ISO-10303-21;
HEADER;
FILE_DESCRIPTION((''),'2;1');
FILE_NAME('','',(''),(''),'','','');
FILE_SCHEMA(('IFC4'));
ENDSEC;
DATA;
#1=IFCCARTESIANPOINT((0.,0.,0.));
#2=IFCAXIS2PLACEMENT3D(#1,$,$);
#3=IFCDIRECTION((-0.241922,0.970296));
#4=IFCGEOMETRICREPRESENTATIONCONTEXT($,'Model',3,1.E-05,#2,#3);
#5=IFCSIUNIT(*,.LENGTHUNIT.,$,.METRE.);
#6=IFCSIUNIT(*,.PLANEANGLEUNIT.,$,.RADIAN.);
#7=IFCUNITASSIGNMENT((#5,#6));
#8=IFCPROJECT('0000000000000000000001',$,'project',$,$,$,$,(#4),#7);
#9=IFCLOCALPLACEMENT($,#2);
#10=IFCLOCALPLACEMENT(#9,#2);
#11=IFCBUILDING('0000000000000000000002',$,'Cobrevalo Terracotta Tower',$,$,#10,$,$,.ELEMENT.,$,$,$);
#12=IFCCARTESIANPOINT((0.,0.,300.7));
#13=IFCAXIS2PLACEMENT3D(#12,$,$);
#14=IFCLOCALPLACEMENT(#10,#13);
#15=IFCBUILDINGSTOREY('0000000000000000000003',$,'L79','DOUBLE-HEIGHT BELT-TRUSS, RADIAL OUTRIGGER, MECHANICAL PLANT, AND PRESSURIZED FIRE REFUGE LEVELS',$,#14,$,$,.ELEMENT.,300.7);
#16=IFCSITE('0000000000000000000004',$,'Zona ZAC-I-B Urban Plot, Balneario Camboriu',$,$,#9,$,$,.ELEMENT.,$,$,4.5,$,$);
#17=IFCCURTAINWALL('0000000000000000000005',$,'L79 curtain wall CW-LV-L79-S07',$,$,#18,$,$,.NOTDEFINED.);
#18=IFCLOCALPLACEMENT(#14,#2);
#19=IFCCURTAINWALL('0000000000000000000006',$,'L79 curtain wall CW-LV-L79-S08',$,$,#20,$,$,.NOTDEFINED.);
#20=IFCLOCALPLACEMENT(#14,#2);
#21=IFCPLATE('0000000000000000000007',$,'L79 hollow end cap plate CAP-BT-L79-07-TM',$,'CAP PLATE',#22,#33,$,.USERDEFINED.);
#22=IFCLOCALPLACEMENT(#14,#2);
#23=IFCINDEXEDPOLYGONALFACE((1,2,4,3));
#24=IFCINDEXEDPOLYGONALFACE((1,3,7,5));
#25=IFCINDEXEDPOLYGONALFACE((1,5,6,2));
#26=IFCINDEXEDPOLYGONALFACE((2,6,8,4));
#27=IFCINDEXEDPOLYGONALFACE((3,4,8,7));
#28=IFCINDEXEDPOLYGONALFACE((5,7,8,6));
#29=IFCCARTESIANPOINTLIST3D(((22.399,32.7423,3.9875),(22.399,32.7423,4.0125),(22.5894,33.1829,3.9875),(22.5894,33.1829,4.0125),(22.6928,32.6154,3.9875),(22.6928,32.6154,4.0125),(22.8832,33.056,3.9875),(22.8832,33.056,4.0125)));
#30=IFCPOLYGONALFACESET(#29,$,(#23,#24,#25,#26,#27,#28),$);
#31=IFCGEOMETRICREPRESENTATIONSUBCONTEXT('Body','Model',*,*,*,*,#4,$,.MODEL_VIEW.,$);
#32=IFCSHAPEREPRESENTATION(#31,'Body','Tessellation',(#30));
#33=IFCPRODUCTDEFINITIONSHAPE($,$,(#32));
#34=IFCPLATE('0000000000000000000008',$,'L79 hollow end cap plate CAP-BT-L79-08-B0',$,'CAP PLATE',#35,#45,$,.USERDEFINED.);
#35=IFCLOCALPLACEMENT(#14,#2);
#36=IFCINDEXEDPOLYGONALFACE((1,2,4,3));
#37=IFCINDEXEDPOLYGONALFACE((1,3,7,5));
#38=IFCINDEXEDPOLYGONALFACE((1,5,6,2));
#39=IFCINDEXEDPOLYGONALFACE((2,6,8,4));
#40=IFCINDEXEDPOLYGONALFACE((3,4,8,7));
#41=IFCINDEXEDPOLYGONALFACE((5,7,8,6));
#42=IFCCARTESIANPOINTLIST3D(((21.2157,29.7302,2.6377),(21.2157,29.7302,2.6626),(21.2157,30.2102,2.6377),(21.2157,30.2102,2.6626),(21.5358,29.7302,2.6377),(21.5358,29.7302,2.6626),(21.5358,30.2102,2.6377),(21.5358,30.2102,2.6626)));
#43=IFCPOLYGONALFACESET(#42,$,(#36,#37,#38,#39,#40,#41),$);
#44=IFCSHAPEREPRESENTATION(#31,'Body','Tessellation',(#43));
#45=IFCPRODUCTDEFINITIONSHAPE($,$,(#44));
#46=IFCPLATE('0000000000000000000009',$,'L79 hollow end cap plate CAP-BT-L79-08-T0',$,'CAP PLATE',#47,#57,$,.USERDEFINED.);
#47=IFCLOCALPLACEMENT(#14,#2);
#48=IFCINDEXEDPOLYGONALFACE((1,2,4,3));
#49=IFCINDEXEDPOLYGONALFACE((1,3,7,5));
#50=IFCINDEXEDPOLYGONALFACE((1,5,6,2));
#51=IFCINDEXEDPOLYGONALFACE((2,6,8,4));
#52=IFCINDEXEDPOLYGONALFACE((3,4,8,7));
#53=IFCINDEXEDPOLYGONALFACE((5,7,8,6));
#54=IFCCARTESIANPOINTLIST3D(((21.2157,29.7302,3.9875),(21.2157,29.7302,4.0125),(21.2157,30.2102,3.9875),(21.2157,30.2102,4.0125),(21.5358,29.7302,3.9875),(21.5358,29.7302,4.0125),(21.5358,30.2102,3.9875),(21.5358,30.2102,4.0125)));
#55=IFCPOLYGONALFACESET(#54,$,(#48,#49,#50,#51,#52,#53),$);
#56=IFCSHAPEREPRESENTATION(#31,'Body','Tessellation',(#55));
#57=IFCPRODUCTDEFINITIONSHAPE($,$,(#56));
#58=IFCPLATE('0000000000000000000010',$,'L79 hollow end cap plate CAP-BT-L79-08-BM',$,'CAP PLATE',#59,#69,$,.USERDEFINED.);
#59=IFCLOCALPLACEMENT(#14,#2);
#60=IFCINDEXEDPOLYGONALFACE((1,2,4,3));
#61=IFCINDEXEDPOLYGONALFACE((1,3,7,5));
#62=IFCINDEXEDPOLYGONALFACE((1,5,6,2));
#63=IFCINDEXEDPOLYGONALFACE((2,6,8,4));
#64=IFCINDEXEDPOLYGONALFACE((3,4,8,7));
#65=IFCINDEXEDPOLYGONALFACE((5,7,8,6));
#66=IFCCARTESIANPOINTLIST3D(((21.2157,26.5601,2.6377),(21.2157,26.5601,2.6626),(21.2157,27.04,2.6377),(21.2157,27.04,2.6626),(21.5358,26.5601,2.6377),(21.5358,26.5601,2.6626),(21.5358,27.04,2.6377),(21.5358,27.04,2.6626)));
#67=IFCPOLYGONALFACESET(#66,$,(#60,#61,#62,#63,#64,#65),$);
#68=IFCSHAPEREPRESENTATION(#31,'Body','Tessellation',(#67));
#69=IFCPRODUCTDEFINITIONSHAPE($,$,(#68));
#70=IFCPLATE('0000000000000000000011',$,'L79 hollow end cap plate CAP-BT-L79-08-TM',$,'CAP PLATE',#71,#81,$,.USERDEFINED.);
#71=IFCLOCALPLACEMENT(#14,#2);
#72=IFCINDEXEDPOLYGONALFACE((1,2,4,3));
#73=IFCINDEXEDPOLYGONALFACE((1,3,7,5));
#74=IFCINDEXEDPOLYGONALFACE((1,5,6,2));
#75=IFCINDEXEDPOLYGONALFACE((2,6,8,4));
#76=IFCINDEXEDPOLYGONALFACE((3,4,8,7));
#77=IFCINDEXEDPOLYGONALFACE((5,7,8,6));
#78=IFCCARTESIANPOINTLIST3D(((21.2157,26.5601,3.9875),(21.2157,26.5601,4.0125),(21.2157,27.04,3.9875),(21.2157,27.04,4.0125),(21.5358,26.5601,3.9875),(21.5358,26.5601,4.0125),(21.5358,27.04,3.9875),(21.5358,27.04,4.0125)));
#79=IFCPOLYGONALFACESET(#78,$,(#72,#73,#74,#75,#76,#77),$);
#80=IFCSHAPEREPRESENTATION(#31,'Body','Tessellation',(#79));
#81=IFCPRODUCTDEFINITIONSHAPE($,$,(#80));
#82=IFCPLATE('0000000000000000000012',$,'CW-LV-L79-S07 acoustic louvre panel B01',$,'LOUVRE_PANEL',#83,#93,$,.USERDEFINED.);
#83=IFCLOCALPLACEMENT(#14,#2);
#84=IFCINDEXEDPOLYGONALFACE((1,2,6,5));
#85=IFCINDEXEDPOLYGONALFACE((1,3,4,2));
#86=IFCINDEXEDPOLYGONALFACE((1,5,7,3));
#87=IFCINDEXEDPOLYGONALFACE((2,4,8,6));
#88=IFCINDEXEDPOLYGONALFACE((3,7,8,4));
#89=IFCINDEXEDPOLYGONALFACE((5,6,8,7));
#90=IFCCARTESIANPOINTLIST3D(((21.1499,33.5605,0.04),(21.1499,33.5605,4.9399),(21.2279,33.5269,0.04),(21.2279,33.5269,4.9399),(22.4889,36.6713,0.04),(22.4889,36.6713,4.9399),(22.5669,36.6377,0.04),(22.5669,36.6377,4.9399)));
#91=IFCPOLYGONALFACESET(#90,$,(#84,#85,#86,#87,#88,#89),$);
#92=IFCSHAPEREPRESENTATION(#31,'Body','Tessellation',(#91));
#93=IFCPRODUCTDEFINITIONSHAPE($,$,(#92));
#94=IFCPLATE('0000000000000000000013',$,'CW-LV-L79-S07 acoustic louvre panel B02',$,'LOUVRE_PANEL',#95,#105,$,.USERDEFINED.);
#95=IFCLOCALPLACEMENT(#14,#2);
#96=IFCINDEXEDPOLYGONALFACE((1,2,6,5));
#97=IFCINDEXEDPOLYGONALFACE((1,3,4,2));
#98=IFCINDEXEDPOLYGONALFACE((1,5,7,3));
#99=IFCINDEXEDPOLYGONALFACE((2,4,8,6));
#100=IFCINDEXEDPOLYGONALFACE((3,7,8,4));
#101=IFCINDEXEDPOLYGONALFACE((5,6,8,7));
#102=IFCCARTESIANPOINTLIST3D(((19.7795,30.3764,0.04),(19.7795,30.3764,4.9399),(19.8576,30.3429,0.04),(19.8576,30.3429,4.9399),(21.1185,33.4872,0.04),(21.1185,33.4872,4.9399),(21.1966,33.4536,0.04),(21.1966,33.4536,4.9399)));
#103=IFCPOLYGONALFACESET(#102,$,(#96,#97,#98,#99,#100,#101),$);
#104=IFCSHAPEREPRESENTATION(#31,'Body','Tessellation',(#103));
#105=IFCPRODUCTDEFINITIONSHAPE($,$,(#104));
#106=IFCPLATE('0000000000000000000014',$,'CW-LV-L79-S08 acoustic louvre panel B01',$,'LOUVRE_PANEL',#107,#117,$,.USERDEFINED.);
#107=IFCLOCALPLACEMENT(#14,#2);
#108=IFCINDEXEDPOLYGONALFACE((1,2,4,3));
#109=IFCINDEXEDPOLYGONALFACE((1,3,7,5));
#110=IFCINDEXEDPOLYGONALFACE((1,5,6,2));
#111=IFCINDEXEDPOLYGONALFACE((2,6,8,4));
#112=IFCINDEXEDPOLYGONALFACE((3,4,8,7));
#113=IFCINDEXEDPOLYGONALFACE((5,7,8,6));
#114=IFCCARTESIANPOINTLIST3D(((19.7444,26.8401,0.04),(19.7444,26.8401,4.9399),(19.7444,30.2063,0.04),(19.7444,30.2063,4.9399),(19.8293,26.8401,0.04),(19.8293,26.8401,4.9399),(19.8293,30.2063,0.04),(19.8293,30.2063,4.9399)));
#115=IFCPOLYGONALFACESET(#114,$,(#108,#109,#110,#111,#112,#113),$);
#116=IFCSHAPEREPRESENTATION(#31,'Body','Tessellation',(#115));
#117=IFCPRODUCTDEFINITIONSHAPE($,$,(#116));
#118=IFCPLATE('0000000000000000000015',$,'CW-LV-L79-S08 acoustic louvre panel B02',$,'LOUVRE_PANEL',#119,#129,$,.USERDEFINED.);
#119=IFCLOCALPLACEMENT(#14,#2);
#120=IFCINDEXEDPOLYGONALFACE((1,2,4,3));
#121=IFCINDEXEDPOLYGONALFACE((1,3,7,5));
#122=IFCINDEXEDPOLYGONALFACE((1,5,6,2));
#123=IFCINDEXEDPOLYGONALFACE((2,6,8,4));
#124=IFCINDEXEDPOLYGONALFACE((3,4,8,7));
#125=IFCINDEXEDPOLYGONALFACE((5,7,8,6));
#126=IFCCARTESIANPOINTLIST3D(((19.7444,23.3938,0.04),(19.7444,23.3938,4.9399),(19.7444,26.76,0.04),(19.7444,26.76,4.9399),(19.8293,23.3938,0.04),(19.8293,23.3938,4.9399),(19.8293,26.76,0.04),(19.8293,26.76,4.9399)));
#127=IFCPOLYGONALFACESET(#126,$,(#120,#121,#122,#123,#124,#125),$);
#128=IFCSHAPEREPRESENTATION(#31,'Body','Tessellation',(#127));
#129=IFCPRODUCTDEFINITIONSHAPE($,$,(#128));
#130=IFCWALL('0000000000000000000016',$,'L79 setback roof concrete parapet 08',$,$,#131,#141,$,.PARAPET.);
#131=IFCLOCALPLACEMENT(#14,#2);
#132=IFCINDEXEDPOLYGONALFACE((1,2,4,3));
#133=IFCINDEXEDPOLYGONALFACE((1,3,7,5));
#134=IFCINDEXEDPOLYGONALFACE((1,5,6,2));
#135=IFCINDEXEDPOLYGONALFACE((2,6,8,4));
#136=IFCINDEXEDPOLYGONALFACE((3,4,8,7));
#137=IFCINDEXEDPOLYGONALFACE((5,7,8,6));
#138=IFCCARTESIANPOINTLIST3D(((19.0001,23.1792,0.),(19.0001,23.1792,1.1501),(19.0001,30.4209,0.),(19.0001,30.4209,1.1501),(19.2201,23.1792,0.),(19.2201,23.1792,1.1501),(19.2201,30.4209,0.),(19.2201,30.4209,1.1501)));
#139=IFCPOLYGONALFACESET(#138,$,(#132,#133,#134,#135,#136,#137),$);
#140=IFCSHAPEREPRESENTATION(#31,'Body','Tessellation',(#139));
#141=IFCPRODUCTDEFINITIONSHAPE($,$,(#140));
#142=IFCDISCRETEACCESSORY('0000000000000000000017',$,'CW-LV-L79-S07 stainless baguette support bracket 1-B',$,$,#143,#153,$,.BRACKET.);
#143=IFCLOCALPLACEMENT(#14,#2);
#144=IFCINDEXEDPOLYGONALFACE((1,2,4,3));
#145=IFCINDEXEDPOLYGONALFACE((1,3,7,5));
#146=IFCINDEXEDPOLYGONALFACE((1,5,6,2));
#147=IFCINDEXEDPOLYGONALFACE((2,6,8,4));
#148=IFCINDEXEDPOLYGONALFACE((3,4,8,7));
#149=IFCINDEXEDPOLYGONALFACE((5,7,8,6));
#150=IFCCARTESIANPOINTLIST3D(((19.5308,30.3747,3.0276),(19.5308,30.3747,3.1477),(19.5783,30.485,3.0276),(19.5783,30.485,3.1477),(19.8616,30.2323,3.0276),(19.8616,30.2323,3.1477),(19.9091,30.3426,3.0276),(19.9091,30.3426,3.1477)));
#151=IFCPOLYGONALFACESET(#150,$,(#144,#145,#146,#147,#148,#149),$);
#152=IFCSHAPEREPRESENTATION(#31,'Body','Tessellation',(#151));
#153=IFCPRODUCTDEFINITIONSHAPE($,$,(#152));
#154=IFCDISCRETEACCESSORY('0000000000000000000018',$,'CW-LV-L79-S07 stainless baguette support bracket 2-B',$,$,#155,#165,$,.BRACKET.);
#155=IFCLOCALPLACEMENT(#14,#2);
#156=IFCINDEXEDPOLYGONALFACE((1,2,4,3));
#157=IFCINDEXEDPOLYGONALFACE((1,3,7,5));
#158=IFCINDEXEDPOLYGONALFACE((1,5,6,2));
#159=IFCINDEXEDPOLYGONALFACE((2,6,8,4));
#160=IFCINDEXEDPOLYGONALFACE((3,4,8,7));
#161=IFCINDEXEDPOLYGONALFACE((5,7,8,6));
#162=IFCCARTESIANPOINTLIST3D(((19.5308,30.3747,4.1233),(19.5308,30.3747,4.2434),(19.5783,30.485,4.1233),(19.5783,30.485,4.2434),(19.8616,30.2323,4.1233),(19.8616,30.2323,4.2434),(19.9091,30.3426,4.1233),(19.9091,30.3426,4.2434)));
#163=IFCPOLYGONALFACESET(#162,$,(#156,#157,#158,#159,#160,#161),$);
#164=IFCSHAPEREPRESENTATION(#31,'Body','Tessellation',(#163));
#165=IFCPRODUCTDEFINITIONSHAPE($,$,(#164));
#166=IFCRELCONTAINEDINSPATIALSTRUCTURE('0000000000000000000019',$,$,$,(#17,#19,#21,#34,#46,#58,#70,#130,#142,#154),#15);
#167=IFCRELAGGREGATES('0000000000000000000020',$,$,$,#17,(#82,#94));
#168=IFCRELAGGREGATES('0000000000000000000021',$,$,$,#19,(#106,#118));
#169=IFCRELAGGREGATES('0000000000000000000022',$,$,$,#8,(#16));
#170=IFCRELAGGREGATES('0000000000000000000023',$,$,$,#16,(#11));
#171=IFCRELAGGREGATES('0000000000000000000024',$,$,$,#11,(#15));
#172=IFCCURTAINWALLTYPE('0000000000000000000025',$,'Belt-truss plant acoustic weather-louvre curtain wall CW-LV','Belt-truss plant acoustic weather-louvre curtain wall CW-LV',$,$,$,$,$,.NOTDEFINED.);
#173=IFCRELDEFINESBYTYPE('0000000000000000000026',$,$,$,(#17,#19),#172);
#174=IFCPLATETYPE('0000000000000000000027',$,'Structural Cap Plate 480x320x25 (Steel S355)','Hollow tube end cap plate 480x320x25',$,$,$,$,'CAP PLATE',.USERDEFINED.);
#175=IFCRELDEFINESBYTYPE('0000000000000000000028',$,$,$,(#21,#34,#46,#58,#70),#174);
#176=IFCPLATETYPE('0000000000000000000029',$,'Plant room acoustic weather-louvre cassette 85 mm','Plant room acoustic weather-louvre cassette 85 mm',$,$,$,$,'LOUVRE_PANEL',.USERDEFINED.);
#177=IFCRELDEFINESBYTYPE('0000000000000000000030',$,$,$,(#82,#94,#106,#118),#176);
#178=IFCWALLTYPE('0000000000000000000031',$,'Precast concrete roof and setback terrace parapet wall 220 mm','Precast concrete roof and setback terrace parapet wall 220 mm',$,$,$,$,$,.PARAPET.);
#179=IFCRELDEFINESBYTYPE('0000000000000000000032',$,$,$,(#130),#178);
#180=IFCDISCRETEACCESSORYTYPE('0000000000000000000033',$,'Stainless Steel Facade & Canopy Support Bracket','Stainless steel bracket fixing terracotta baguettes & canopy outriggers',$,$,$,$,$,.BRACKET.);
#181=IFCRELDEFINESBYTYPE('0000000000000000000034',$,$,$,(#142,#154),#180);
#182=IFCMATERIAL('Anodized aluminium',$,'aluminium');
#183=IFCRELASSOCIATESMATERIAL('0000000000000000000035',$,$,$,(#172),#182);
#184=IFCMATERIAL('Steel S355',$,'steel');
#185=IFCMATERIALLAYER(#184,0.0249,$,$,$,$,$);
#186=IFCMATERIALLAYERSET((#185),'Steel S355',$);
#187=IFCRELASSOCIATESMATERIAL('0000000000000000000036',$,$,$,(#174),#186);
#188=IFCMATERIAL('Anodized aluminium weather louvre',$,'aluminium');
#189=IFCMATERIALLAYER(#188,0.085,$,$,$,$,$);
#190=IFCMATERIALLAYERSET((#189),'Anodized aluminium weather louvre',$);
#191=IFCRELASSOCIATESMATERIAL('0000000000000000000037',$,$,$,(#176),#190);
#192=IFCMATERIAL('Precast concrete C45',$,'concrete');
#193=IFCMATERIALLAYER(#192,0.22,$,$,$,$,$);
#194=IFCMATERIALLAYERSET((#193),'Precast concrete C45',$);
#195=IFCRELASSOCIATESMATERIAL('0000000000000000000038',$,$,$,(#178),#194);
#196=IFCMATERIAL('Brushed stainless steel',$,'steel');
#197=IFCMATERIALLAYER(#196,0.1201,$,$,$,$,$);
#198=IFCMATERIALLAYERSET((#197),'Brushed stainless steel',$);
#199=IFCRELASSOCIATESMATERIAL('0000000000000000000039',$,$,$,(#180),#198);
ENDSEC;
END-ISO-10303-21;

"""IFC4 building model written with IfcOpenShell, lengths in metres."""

from ifc_helpers import new_model, si_unit, direction, frame, frame_2d, origin, origin_2d, place, context, subcontext, project, spatial, rectangle, extrude, source, transform, mapped, material, layer, layer_set, type_object, element, aggregate, save


model = new_model("IFC4")

# Units and contexts
model_context = context("Model", 3, precision=1e-05, world=origin(), true_north=direction((-0.241922, 0.970296)))
body_context = subcontext(model_context, "Body", "Model", "MODEL_VIEW")
ifc_project = project(units=[si_unit("LENGTHUNIT", "METRE"), si_unit("PLANEANGLEUNIT", "RADIAN")], contexts=[model_context])

# Site, building, storey
site_placement = place(None, origin())
site = spatial("IfcSite", under=ifc_project, at=site_placement, Name="Zona ZAC-I-B Urban Plot, Balneario Camboriu", CompositionType="ELEMENT", RefElevation=4.5)
building_placement = place(site_placement, origin())
building = spatial("IfcBuilding", under=site, at=building_placement, Name="Cobrevalo Terracotta Tower", CompositionType="ELEMENT")
storey_placement = place(building_placement, frame((0.0, 0.0, 300.7)))
storey = spatial("IfcBuildingStorey", under=building, at=storey_placement, Name="L79", Description="DOUBLE-HEIGHT BELT-TRUSS, RADIAL OUTRIGGER, MECHANICAL PLANT, AND PRESSURIZED FIRE REFUGE LEVELS", CompositionType="ELEMENT", Elevation=300.7)

# Shared definitions
ifc_material_1 = material(Name="Steel S355", Category="steel")

# Curtain walls
ifc_material_2 = material(Name="Anodized aluminium", Category="aluminium")
curtain_wall_type = type_object("IfcCurtainWallType", Name="Belt-truss plant acoustic weather-louvre curtain wall CW-LV", Description="Belt-truss plant acoustic weather-louvre curtain wall CW-LV", PredefinedType="NOTDEFINED", material=ifc_material_2)
curtain_wall_1_placement = place(storey_placement, origin())
curtain_wall_1 = element("IfcCurtainWall", 1, at=curtain_wall_1_placement, inside=storey, type_object=curtain_wall_type, Name="L79 curtain wall CW-LV-L79-S07", PredefinedType="NOTDEFINED")
curtain_wall_2_placement = place(storey_placement, origin())
curtain_wall_2 = element("IfcCurtainWall", 2, at=curtain_wall_2_placement, inside=storey, type_object=curtain_wall_type, Name="L79 curtain wall CW-LV-L79-S08", PredefinedType="NOTDEFINED")

# Plates
ifc_layer_1 = layer(ifc_material_1, 0.0249)
ifc_layer_set_1 = layer_set([ifc_layer_1], Name="Steel S355")
plate_type_1 = type_object("IfcPlateType", Name="Structural Cap Plate 480x320x25 (Steel S355)", Description="Hollow tube end cap plate 480x320x25", ElementType="CAP PLATE", PredefinedType="USERDEFINED", material=ifc_layer_set_1)
shared_shape_1 = source(origin(), body_context, "Body", "SweptSolid", [
    extrude(rectangle(XDim=0.48, YDim=0.3201, at=origin_2d()), origin(), (0.0, 0.0, 1.0), 0.0249),
])
for number, where, z_axis, x_axis, name in (
    (3, (22.6411, 32.8992, 3.9875), (0.0, 0.0, 1.0), (-0.396621, -0.917983, 0.0), "L79 hollow end cap plate CAP-BT-L79-07-TM"),
    (4, (21.3757, 29.9702, 2.6377), (0.0, 0.0, 1.0), (0.0, -1.0, 0.0), "L79 hollow end cap plate CAP-BT-L79-08-B0"),
    (5, (21.3757, 29.9702, 3.9875), (0.0, 0.0, 1.0), (0.0, -1.0, 0.0), "L79 hollow end cap plate CAP-BT-L79-08-T0"),
    (6, (21.3757, 26.8, 2.6377), (0.0, 0.0, 1.0), (0.0, -1.0, 0.0), "L79 hollow end cap plate CAP-BT-L79-08-BM"),
    (7, (21.3757, 26.8, 3.9875), (0.0, 0.0, 1.0), (0.0, -1.0, 0.0), "L79 hollow end cap plate CAP-BT-L79-08-TM"),
):
    element("IfcPlate", number, at=place(storey_placement, frame(where, z_axis=z_axis, x_axis=x_axis)), inside=storey, type_object=plate_type_1, Name=name, ObjectType="CAP PLATE", PredefinedType="USERDEFINED", context=body_context, shape_type="MappedRepresentation", body=[
        mapped(shared_shape_1, transform((0.0, 0.0, 0.0), scale=1.0)),
    ])

# Plates
ifc_material_3 = material(Name="Anodized aluminium weather louvre", Category="aluminium")
ifc_layer_2 = layer(ifc_material_3, 0.085)
ifc_layer_set_2 = layer_set([ifc_layer_2], Name="Anodized aluminium weather louvre")
plate_type_2 = type_object("IfcPlateType", Name="Plant room acoustic weather-louvre cassette 85 mm", Description="Plant room acoustic weather-louvre cassette 85 mm", ElementType="LOUVRE_PANEL", PredefinedType="USERDEFINED", material=ifc_layer_set_2)
shared_shape_2 = source(origin(), body_context, "Body", "SweptSolid", [
    extrude(rectangle(XDim=3.3867, YDim=0.085, at=origin_2d()), origin(), (0.0, 0.0, 1.0), 4.8999),
])
plate_1_placement = place(storey_placement, frame((21.8584, 35.0991, 0.04), z_axis=(0.0, 0.0, 1.0), x_axis=(-0.395368, -0.918523, 0.0)))
plate_1 = element("IfcPlate", 8, at=plate_1_placement, type_object=plate_type_2, Name="CW-LV-L79-S07 acoustic louvre panel B01", ObjectType="LOUVRE_PANEL", PredefinedType="USERDEFINED", context=body_context, shape_type="MappedRepresentation", body=[
    mapped(shared_shape_2, transform((0.0, 0.0, 0.0), scale=1.0)),
])
plate_2_placement = place(storey_placement, frame((20.488, 31.915, 0.04), z_axis=(0.0, 0.0, 1.0), x_axis=(-0.395368, -0.918523, 0.0)))
plate_2 = element("IfcPlate", 9, at=plate_2_placement, type_object=plate_type_2, Name="CW-LV-L79-S07 acoustic louvre panel B02", ObjectType="LOUVRE_PANEL", PredefinedType="USERDEFINED", context=body_context, shape_type="MappedRepresentation", body=[
    mapped(shared_shape_2, transform((0.0, 0.0, 0.0), scale=1.0)),
])
aggregate(curtain_wall_1, [plate_1, plate_2])
shared_shape_3 = source(origin(), body_context, "Body", "SweptSolid", [
    extrude(rectangle(XDim=3.3662, YDim=0.085, at=origin_2d()), origin(), (0.0, 0.0, 1.0), 4.8999),
])
plate_3_placement = place(storey_placement, frame((19.7869, 28.5232, 0.04), z_axis=(0.0, 0.0, 1.0), x_axis=(0.0, -1.0, 0.0)))
plate_3 = element("IfcPlate", 10, at=plate_3_placement, type_object=plate_type_2, Name="CW-LV-L79-S08 acoustic louvre panel B01", ObjectType="LOUVRE_PANEL", PredefinedType="USERDEFINED", context=body_context, shape_type="MappedRepresentation", body=[
    mapped(shared_shape_3, transform((0.0, 0.0, 0.0), scale=1.0)),
])
plate_4_placement = place(storey_placement, frame((19.7869, 25.0769, 0.04), z_axis=(0.0, 0.0, 1.0), x_axis=(0.0, -1.0, 0.0)))
plate_4 = element("IfcPlate", 11, at=plate_4_placement, type_object=plate_type_2, Name="CW-LV-L79-S08 acoustic louvre panel B02", ObjectType="LOUVRE_PANEL", PredefinedType="USERDEFINED", context=body_context, shape_type="MappedRepresentation", body=[
    mapped(shared_shape_3, transform((0.0, 0.0, 0.0), scale=1.0)),
])
aggregate(curtain_wall_2, [plate_3, plate_4])

# Wall
ifc_material_4 = material(Name="Precast concrete C45", Category="concrete")
ifc_layer_3 = layer(ifc_material_4, 0.22)
ifc_layer_set_3 = layer_set([ifc_layer_3], Name="Precast concrete C45")
wall_type = type_object("IfcWallType", Name="Precast concrete roof and setback terrace parapet wall 220 mm", Description="Precast concrete roof and setback terrace parapet wall 220 mm", PredefinedType="PARAPET", material=ifc_layer_set_3)
wall_placement = place(storey_placement, frame((19.1101, 30.4209, 0.0), z_axis=(0.0, 0.0, 1.0), x_axis=(0.0, -1.0, 0.0)))
element("IfcWall", 12, at=wall_placement, inside=storey, type_object=wall_type, Name="L79 setback roof concrete parapet 08", PredefinedType="PARAPET", context=body_context, shape_type="SweptSolid", body=[
    extrude(rectangle(XDim=7.2417, YDim=0.22, at=frame_2d((3.6208, 0.0))), origin(), (0.0, 0.0, 1.0), 1.1501),
])

# Discrete accessories
ifc_material_5 = material(Name="Brushed stainless steel", Category="steel")
ifc_layer_4 = layer(ifc_material_5, 0.1201)
ifc_layer_set_4 = layer_set([ifc_layer_4], Name="Brushed stainless steel")
discrete_accessory_type = type_object("IfcDiscreteAccessoryType", Name="Stainless Steel Facade & Canopy Support Bracket", Description="Stainless steel bracket fixing terracotta baguettes & canopy outriggers", PredefinedType="BRACKET", material=ifc_layer_set_4)
shared_shape_4 = source(origin(), body_context, "Body", "SweptSolid", [
    extrude(rectangle(XDim=0.1201, YDim=0.3601, at=origin_2d()), origin(), (0.0, 0.0, 1.0), 0.1201),
])
for number, where, z_axis, x_axis, name in (
    (13, (19.72, 30.3586, 3.0276), (0.0, 0.0, 1.0), (-0.395368, -0.918523, 0.0), "CW-LV-L79-S07 stainless baguette support bracket 1-B"),
    (14, (19.72, 30.3586, 4.1233), (0.0, 0.0, 1.0), (-0.395368, -0.918523, 0.0), "CW-LV-L79-S07 stainless baguette support bracket 2-B"),
):
    element("IfcDiscreteAccessory", number, at=place(storey_placement, frame(where, z_axis=z_axis, x_axis=x_axis)), inside=storey, type_object=discrete_accessory_type, Name=name, PredefinedType="BRACKET", context=body_context, shape_type="MappedRepresentation", body=[
        mapped(shared_shape_4, transform((0.0, 0.0, 0.0), scale=1.0)),
    ])

save(model, "model.ifc")
